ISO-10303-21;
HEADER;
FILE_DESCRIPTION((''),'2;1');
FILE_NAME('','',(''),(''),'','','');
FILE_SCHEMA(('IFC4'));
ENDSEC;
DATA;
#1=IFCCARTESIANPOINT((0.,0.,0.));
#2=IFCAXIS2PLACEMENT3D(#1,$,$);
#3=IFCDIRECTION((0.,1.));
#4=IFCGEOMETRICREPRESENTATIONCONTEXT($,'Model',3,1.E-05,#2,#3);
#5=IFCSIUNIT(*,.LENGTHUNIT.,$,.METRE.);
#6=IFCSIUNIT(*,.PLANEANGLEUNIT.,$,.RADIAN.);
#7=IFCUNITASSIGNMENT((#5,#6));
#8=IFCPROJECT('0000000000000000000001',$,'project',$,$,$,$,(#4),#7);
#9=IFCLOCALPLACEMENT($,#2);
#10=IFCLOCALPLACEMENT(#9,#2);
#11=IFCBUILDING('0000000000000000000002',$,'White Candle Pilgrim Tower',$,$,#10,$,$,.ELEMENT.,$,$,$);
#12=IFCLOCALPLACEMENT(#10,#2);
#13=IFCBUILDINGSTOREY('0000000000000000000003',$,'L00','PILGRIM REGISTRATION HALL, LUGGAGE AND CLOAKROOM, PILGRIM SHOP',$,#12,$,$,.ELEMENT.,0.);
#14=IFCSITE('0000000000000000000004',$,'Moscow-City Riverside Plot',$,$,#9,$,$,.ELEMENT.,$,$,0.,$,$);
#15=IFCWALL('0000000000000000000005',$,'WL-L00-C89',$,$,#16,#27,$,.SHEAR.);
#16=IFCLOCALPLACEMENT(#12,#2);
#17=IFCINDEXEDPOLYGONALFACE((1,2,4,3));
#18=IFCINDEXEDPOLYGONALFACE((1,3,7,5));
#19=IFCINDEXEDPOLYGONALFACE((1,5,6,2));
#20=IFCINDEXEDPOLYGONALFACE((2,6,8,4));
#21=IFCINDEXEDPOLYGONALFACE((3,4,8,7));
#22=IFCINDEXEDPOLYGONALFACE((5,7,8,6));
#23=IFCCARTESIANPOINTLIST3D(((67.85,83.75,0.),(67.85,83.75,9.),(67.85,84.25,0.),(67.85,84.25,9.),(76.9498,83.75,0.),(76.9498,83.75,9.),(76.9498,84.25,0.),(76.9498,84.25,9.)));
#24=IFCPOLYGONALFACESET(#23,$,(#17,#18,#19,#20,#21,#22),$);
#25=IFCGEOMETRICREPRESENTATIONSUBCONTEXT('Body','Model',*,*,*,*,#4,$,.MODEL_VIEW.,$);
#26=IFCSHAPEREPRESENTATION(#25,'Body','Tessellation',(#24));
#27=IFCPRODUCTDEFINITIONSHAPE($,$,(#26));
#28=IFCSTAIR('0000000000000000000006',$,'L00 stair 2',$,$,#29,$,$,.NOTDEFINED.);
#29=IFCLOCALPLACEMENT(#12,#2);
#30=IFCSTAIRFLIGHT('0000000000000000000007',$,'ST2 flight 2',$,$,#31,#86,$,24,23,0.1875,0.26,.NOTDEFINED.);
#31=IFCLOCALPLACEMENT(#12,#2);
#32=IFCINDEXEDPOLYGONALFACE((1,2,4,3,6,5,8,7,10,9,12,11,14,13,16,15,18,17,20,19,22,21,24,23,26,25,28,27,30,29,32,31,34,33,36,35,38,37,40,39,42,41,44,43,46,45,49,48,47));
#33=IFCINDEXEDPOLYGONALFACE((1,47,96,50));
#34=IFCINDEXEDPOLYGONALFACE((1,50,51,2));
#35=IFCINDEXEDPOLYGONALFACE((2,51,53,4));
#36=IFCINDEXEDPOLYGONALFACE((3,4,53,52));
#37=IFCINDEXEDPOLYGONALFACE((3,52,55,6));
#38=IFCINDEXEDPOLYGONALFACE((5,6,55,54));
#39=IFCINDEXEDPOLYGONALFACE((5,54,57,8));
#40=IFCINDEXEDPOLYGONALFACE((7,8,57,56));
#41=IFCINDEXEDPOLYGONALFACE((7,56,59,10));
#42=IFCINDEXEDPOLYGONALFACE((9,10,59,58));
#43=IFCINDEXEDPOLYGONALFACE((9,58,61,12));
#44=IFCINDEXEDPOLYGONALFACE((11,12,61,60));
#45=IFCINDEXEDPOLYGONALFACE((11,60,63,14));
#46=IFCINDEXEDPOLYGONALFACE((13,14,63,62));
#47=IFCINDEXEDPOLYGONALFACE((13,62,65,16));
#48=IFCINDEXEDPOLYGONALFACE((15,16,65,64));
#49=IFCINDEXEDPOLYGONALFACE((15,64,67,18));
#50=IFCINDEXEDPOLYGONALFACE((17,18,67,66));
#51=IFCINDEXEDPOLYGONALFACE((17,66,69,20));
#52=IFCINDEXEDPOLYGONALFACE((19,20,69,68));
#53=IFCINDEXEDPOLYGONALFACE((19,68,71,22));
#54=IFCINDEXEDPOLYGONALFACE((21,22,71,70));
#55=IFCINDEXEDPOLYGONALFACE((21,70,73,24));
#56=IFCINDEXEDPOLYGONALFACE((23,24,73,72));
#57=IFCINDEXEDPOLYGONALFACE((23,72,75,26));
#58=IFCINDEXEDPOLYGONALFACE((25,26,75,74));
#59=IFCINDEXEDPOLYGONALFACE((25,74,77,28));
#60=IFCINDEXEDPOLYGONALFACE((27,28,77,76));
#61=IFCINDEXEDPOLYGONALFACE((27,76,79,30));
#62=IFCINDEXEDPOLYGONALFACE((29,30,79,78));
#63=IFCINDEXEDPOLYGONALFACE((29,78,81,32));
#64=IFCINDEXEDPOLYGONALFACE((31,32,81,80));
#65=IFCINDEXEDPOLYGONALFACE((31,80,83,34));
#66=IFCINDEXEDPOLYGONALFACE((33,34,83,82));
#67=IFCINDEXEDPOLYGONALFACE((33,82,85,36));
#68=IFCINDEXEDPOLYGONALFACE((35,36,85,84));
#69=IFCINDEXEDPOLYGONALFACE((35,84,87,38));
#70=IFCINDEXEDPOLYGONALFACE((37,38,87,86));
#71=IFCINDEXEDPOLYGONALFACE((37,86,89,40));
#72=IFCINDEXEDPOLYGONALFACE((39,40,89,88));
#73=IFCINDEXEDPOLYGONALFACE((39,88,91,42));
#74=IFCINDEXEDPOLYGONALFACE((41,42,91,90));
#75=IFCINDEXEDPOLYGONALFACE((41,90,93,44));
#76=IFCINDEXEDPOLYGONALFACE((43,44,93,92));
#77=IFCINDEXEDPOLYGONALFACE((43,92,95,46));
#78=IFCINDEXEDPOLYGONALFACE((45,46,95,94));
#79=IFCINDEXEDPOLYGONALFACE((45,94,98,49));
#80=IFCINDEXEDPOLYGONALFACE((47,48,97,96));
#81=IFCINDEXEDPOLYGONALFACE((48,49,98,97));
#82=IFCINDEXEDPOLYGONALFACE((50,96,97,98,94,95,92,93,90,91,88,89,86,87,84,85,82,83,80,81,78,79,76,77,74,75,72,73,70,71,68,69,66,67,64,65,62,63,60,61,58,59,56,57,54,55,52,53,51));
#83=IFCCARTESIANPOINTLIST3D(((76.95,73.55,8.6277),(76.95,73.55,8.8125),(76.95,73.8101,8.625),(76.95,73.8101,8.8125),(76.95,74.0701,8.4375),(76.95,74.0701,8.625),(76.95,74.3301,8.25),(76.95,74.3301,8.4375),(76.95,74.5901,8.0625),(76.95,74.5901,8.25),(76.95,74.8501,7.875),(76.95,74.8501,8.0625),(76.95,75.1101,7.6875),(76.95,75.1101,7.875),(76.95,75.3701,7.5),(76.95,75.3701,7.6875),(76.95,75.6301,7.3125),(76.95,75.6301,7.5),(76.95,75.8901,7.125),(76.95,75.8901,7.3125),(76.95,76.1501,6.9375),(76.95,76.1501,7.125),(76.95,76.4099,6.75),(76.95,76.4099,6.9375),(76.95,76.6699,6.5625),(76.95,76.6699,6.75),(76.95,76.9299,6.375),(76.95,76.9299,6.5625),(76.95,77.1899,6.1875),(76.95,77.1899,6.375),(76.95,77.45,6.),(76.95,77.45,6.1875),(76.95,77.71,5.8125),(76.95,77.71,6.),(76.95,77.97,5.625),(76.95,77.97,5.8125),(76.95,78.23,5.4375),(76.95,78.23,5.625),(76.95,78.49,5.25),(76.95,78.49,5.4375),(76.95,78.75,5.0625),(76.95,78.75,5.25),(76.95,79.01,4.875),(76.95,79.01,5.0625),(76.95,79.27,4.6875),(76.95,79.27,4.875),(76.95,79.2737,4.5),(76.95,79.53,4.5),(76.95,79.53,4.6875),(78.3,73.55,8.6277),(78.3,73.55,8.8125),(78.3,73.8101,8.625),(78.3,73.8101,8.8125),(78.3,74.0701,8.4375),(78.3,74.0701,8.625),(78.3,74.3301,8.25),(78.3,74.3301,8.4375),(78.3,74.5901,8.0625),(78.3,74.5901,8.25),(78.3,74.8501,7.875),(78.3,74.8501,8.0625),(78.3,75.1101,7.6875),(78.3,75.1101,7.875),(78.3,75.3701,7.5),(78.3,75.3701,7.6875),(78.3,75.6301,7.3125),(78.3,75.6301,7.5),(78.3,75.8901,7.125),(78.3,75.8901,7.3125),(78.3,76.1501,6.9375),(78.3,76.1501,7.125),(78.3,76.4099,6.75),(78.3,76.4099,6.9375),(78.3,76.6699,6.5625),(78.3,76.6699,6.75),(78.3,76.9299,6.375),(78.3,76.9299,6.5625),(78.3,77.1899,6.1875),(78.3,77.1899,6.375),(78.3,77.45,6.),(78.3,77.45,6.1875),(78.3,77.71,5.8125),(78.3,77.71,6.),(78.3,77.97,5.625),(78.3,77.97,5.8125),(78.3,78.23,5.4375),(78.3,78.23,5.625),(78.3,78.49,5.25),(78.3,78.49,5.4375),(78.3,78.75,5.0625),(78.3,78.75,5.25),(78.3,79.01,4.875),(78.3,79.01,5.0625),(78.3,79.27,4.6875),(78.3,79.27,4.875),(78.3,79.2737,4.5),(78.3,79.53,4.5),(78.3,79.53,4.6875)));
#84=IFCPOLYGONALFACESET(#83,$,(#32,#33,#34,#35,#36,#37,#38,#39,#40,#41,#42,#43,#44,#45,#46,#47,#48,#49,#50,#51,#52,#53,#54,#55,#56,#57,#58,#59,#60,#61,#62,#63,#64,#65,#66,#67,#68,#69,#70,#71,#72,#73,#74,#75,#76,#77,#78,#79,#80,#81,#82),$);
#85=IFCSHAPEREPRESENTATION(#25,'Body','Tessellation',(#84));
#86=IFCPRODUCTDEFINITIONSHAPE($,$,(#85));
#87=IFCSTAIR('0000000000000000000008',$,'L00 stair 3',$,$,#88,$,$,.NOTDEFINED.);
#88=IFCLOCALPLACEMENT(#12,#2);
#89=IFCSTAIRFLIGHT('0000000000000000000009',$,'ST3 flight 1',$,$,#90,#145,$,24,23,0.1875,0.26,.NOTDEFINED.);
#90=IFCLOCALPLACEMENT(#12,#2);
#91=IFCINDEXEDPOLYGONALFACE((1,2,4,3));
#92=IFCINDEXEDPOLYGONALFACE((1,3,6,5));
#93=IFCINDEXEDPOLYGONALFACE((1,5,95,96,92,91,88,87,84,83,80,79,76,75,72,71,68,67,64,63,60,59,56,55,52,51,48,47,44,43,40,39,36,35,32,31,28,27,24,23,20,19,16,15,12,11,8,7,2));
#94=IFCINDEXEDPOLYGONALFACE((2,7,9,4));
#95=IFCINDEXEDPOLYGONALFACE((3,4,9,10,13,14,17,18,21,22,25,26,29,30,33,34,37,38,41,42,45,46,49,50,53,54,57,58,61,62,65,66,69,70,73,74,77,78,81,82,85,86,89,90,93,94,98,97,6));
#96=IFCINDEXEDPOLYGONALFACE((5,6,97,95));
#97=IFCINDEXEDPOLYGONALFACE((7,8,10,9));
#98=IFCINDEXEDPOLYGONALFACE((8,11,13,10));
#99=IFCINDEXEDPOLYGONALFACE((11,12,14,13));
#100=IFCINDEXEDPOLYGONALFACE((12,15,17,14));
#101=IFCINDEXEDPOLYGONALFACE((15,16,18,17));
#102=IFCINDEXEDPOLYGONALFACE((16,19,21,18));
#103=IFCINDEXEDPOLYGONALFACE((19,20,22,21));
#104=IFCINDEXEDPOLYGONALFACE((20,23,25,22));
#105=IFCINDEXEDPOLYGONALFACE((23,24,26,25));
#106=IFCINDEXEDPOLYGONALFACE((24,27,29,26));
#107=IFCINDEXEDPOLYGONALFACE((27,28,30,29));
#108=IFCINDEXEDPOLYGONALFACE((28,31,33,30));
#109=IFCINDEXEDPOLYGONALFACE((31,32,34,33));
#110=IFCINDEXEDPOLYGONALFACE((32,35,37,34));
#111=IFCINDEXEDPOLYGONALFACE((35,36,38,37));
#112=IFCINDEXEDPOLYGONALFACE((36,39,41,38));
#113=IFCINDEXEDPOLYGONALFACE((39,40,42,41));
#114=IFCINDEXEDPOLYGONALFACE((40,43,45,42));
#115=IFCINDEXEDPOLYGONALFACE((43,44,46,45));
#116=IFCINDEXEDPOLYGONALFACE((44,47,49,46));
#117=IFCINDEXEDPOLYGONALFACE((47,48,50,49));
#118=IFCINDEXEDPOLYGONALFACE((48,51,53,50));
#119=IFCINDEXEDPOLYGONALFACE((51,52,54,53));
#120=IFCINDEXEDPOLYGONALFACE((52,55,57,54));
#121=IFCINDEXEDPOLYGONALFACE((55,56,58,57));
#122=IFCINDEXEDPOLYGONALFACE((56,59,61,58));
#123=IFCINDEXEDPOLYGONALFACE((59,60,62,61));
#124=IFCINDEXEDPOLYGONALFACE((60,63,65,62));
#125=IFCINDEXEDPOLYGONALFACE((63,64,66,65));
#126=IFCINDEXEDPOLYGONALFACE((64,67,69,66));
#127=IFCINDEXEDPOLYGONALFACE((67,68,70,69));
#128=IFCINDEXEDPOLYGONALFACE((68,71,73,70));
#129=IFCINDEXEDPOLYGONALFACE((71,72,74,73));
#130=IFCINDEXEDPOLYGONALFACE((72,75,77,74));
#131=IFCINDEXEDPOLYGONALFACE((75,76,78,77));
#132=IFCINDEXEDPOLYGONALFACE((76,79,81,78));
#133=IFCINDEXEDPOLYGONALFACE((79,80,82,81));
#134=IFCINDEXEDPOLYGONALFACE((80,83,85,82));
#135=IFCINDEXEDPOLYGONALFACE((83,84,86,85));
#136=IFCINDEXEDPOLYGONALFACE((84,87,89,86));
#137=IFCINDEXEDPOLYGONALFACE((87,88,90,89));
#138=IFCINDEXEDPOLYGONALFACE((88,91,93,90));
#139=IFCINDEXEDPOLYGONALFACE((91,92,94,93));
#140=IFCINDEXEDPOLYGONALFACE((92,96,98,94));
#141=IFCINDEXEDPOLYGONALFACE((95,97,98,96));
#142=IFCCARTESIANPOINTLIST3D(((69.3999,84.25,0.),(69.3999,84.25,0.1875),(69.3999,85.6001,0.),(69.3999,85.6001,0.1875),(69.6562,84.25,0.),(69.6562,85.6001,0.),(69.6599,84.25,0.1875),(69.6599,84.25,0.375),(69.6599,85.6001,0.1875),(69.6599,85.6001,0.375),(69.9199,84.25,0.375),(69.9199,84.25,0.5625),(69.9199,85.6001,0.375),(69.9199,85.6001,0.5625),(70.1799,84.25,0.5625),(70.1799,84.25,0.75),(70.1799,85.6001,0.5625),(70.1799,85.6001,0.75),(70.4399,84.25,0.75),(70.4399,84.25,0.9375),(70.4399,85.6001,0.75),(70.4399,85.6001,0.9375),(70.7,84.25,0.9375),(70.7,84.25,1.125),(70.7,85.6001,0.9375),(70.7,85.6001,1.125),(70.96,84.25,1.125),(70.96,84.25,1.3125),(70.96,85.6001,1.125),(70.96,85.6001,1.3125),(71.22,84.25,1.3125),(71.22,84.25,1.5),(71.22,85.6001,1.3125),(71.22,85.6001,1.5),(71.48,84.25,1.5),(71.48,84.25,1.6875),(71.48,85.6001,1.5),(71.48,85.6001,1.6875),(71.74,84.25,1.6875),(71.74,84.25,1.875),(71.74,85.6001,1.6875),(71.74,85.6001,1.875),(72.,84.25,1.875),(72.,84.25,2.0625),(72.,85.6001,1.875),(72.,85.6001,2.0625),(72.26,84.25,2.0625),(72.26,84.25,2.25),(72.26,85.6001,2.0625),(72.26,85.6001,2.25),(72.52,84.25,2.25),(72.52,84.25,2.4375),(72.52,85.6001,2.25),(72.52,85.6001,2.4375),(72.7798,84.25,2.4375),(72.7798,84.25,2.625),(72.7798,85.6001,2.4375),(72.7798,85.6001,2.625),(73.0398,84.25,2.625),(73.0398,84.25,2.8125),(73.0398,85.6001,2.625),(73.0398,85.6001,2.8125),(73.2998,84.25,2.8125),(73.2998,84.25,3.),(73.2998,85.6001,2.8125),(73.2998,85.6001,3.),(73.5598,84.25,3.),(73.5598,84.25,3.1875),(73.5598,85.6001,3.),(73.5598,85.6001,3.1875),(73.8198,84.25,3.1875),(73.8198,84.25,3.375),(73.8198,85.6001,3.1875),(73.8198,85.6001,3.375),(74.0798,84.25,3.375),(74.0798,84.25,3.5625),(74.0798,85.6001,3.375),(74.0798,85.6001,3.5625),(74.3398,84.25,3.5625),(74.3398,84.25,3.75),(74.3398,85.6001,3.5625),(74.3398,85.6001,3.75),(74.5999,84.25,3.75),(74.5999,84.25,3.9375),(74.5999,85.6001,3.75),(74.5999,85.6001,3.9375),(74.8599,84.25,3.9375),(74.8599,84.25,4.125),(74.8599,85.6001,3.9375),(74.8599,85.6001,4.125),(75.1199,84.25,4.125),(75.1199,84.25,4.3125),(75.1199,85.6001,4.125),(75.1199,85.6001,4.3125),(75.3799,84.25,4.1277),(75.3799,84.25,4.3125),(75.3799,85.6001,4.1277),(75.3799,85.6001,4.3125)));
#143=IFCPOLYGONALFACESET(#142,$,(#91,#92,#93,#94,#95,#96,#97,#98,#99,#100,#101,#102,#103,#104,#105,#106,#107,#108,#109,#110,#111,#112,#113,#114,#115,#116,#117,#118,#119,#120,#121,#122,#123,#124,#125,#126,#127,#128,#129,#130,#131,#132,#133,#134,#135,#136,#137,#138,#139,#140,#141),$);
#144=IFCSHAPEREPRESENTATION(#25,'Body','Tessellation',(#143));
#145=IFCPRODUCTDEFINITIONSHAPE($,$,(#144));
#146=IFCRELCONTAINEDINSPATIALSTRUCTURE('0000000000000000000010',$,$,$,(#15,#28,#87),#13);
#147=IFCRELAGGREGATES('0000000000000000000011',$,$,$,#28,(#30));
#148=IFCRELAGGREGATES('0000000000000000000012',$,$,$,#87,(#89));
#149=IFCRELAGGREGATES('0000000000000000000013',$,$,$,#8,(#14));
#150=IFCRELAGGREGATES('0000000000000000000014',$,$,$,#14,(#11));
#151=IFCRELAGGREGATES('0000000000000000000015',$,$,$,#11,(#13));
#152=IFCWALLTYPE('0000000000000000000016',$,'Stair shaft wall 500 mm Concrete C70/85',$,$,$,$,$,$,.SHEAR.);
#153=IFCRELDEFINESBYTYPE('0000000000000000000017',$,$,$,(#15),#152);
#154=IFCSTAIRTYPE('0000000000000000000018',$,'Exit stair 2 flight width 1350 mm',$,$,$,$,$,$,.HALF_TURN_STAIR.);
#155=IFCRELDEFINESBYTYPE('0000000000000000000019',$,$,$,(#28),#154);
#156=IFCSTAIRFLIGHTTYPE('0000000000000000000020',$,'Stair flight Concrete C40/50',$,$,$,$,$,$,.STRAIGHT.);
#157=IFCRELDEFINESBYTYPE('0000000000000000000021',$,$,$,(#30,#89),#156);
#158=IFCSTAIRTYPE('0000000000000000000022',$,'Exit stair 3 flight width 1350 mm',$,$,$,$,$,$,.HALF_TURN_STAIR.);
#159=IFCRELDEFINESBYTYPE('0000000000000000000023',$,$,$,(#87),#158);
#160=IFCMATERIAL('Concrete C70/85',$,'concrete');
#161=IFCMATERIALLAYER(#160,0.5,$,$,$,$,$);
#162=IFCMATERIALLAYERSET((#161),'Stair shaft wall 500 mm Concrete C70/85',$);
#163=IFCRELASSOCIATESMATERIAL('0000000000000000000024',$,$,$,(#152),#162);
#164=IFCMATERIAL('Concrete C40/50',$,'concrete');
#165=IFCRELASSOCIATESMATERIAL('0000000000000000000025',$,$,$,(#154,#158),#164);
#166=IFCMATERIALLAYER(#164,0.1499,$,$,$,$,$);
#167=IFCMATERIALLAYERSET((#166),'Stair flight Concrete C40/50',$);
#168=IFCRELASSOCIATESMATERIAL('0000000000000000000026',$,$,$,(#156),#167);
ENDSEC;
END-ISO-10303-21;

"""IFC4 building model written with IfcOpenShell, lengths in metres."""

from ifc_helpers import new_model, si_unit, direction, frame, frame_2d, origin, place, context, subcontext, project, spatial, polyline, rectangle, outline, extrude, material, layer, layer_set, type_object, element, aggregate, save


model = new_model("IFC4")

# Units and contexts
model_context = context("Model", 3, precision=1e-05, world=origin(), true_north=direction((0.0, 1.0)))
body_context = subcontext(model_context, "Body", "Model", "MODEL_VIEW")
ifc_project = project(units=[si_unit("LENGTHUNIT", "METRE"), si_unit("PLANEANGLEUNIT", "RADIAN")], contexts=[model_context])

# Site, building, storey
site_placement = place(None, origin())
site = spatial("IfcSite", under=ifc_project, at=site_placement, Name="Moscow-City Riverside Plot", CompositionType="ELEMENT", RefElevation=0.0)
building_placement = place(site_placement, origin())
building = spatial("IfcBuilding", under=site, at=building_placement, Name="White Candle Pilgrim Tower", CompositionType="ELEMENT")
storey_placement = place(building_placement, origin())
storey = spatial("IfcBuildingStorey", under=building, at=storey_placement, Name="L00", Description="PILGRIM REGISTRATION HALL, LUGGAGE AND CLOAKROOM, PILGRIM SHOP", CompositionType="ELEMENT", Elevation=0.0)

# Shared definitions
ifc_material_1 = material(Name="Concrete C70/85", Category="concrete")

# Wall
ifc_layer_1 = layer(ifc_material_1, 0.5)
ifc_layer_set_1 = layer_set([ifc_layer_1], Name="Stair shaft wall 500 mm Concrete C70/85")
wall_type_1 = type_object("IfcWallType", Name="Stair shaft wall 500 mm Concrete C70/85", PredefinedType="SHEAR", material=ifc_layer_set_1)
wall_1_placement = place(storey_placement, frame((67.8501, 84.0, 0.0), z_axis=(0.0, 0.0, 1.0), x_axis=(1.0, 0.0, 0.0)))
element("IfcWall", 1, at=wall_1_placement, inside=storey, type_object=wall_type_1, Name="WL-L00-C89", PredefinedType="SHEAR", context=body_context, shape_type="SweptSolid", body=[
    extrude(rectangle(XDim=9.0999, YDim=0.5, at=frame_2d((4.5498, 0.0))), origin(), (0.0, 0.0, 1.0), 9.0),
])

# Stair, stair flight
ifc_material_2 = material(Name="Concrete C40/50", Category="concrete")
stair_type_1 = type_object("IfcStairType", Name="Exit stair 2 flight width 1350 mm", PredefinedType="HALF_TURN_STAIR", material=ifc_material_2)
stair_1_placement = place(storey_placement, origin())
stair_1 = element("IfcStair", 2, at=stair_1_placement, inside=storey, type_object=stair_type_1, Name="L00 stair 2", PredefinedType="NOTDEFINED")
ifc_layer_2 = layer(ifc_material_2, 0.1499)
ifc_layer_set_2 = layer_set([ifc_layer_2], Name="Stair flight Concrete C40/50")
stair_flight_type = type_object("IfcStairFlightType", Name="Stair flight Concrete C40/50", PredefinedType="STRAIGHT", material=ifc_layer_set_2)
stair_flight_1_placement = place(storey_placement, frame((77.625, 79.53, 4.5), z_axis=(0.0, 0.0, 1.0), x_axis=(0.0, -1.0, 0.0)))
stair_flight_1 = element("IfcStairFlight", 3, at=stair_flight_1_placement, type_object=stair_flight_type, Name="ST2 flight 2", NumberOfRisers=24, NumberOfTreads=23, PredefinedType="NOTDEFINED", RiserHeight=0.1875, TreadLength=0.26, context=body_context, shape_type="SweptSolid", body=[
    extrude(outline(polyline([(0.0, 0.0), (0.0, 0.1875), (0.26, 0.1875), (0.26, 0.375), (0.52, 0.375), (0.52, 0.5625), (0.78, 0.5625), (0.78, 0.75), (1.04, 0.75), (1.04, 0.9375), (1.3, 0.9375), (1.3, 1.125), (1.5601, 1.125), (1.5601, 1.3125), (1.8201, 1.3125), (1.8201, 1.5), (2.0801, 1.5), (2.0801, 1.6875), (2.3401, 1.6875), (2.3401, 1.875), (2.6001, 1.875), (2.6001, 2.0625), (2.8601, 2.0625), (2.8601, 2.25), (3.1201, 2.25), (3.1201, 2.4375), (3.3799, 2.4375), (3.3799, 2.625), (3.6399, 2.625), (3.6399, 2.8125), (3.8999, 2.8125), (3.8999, 3.0), (4.1599, 3.0), (4.1599, 3.1875), (4.4199, 3.1875), (4.4199, 3.375), (4.6799, 3.375), (4.6799, 3.5625), (4.9399, 3.5625), (4.9399, 3.75), (5.2, 3.75), (5.2, 3.9375), (5.46, 3.9375), (5.46, 4.125), (5.72, 4.125), (5.72, 4.3125), (5.98, 4.3125), (5.98, 4.5), (5.98, 4.1277), (0.2563, 0.0), (0.0, 0.0)])), frame((0.0, 0.675, 0.0), z_axis=(0.0, -1.0, 0.0), x_axis=(1.0, 0.0, 0.0)), (0.0, 0.0, 1.0), 1.3501),
])
aggregate(stair_1, [stair_flight_1])

# Stair, stair flight
stair_type_2 = type_object("IfcStairType", Name="Exit stair 3 flight width 1350 mm", PredefinedType="HALF_TURN_STAIR", material=ifc_material_2)
stair_2_placement = place(storey_placement, origin())
stair_2 = element("IfcStair", 4, at=stair_2_placement, inside=storey, type_object=stair_type_2, Name="L00 stair 3", PredefinedType="NOTDEFINED")
stair_flight_2_placement = place(storey_placement, frame((69.3999, 84.925, 0.0), z_axis=(0.0, 0.0, 1.0), x_axis=(1.0, 0.0, 0.0)))
stair_flight_2 = element("IfcStairFlight", 5, at=stair_flight_2_placement, type_object=stair_flight_type, Name="ST3 flight 1", NumberOfRisers=24, NumberOfTreads=23, PredefinedType="NOTDEFINED", RiserHeight=0.1875, TreadLength=0.26, context=body_context, shape_type="SweptSolid", body=[
    extrude(outline(polyline([(0.0, 0.0), (0.0, 0.1875), (0.26, 0.1875), (0.26, 0.375), (0.52, 0.375), (0.52, 0.5625), (0.78, 0.5625), (0.78, 0.75), (1.04, 0.75), (1.04, 0.9375), (1.3, 0.9375), (1.3, 1.125), (1.5601, 1.125), (1.5601, 1.3125), (1.8201, 1.3125), (1.8201, 1.5), (2.0801, 1.5), (2.0801, 1.6875), (2.3401, 1.6875), (2.3401, 1.875), (2.6001, 1.875), (2.6001, 2.0625), (2.8601, 2.0625), (2.8601, 2.25), (3.1201, 2.25), (3.1201, 2.4375), (3.3799, 2.4375), (3.3799, 2.625), (3.6399, 2.625), (3.6399, 2.8125), (3.8999, 2.8125), (3.8999, 3.0), (4.1599, 3.0), (4.1599, 3.1875), (4.4199, 3.1875), (4.4199, 3.375), (4.6799, 3.375), (4.6799, 3.5625), (4.9399, 3.5625), (4.9399, 3.75), (5.2, 3.75), (5.2, 3.9375), (5.46, 3.9375), (5.46, 4.125), (5.72, 4.125), (5.72, 4.3125), (5.98, 4.3125), (5.98, 4.5), (5.98, 4.1277), (0.2563, 0.0), (0.0, 0.0)])), frame((0.0, 0.675, 0.0), z_axis=(0.0, -1.0, 0.0), x_axis=(1.0, 0.0, 0.0)), (0.0, 0.0, 1.0), 1.3501),
])
aggregate(stair_2, [stair_flight_2])

save(model, "model.ifc")
